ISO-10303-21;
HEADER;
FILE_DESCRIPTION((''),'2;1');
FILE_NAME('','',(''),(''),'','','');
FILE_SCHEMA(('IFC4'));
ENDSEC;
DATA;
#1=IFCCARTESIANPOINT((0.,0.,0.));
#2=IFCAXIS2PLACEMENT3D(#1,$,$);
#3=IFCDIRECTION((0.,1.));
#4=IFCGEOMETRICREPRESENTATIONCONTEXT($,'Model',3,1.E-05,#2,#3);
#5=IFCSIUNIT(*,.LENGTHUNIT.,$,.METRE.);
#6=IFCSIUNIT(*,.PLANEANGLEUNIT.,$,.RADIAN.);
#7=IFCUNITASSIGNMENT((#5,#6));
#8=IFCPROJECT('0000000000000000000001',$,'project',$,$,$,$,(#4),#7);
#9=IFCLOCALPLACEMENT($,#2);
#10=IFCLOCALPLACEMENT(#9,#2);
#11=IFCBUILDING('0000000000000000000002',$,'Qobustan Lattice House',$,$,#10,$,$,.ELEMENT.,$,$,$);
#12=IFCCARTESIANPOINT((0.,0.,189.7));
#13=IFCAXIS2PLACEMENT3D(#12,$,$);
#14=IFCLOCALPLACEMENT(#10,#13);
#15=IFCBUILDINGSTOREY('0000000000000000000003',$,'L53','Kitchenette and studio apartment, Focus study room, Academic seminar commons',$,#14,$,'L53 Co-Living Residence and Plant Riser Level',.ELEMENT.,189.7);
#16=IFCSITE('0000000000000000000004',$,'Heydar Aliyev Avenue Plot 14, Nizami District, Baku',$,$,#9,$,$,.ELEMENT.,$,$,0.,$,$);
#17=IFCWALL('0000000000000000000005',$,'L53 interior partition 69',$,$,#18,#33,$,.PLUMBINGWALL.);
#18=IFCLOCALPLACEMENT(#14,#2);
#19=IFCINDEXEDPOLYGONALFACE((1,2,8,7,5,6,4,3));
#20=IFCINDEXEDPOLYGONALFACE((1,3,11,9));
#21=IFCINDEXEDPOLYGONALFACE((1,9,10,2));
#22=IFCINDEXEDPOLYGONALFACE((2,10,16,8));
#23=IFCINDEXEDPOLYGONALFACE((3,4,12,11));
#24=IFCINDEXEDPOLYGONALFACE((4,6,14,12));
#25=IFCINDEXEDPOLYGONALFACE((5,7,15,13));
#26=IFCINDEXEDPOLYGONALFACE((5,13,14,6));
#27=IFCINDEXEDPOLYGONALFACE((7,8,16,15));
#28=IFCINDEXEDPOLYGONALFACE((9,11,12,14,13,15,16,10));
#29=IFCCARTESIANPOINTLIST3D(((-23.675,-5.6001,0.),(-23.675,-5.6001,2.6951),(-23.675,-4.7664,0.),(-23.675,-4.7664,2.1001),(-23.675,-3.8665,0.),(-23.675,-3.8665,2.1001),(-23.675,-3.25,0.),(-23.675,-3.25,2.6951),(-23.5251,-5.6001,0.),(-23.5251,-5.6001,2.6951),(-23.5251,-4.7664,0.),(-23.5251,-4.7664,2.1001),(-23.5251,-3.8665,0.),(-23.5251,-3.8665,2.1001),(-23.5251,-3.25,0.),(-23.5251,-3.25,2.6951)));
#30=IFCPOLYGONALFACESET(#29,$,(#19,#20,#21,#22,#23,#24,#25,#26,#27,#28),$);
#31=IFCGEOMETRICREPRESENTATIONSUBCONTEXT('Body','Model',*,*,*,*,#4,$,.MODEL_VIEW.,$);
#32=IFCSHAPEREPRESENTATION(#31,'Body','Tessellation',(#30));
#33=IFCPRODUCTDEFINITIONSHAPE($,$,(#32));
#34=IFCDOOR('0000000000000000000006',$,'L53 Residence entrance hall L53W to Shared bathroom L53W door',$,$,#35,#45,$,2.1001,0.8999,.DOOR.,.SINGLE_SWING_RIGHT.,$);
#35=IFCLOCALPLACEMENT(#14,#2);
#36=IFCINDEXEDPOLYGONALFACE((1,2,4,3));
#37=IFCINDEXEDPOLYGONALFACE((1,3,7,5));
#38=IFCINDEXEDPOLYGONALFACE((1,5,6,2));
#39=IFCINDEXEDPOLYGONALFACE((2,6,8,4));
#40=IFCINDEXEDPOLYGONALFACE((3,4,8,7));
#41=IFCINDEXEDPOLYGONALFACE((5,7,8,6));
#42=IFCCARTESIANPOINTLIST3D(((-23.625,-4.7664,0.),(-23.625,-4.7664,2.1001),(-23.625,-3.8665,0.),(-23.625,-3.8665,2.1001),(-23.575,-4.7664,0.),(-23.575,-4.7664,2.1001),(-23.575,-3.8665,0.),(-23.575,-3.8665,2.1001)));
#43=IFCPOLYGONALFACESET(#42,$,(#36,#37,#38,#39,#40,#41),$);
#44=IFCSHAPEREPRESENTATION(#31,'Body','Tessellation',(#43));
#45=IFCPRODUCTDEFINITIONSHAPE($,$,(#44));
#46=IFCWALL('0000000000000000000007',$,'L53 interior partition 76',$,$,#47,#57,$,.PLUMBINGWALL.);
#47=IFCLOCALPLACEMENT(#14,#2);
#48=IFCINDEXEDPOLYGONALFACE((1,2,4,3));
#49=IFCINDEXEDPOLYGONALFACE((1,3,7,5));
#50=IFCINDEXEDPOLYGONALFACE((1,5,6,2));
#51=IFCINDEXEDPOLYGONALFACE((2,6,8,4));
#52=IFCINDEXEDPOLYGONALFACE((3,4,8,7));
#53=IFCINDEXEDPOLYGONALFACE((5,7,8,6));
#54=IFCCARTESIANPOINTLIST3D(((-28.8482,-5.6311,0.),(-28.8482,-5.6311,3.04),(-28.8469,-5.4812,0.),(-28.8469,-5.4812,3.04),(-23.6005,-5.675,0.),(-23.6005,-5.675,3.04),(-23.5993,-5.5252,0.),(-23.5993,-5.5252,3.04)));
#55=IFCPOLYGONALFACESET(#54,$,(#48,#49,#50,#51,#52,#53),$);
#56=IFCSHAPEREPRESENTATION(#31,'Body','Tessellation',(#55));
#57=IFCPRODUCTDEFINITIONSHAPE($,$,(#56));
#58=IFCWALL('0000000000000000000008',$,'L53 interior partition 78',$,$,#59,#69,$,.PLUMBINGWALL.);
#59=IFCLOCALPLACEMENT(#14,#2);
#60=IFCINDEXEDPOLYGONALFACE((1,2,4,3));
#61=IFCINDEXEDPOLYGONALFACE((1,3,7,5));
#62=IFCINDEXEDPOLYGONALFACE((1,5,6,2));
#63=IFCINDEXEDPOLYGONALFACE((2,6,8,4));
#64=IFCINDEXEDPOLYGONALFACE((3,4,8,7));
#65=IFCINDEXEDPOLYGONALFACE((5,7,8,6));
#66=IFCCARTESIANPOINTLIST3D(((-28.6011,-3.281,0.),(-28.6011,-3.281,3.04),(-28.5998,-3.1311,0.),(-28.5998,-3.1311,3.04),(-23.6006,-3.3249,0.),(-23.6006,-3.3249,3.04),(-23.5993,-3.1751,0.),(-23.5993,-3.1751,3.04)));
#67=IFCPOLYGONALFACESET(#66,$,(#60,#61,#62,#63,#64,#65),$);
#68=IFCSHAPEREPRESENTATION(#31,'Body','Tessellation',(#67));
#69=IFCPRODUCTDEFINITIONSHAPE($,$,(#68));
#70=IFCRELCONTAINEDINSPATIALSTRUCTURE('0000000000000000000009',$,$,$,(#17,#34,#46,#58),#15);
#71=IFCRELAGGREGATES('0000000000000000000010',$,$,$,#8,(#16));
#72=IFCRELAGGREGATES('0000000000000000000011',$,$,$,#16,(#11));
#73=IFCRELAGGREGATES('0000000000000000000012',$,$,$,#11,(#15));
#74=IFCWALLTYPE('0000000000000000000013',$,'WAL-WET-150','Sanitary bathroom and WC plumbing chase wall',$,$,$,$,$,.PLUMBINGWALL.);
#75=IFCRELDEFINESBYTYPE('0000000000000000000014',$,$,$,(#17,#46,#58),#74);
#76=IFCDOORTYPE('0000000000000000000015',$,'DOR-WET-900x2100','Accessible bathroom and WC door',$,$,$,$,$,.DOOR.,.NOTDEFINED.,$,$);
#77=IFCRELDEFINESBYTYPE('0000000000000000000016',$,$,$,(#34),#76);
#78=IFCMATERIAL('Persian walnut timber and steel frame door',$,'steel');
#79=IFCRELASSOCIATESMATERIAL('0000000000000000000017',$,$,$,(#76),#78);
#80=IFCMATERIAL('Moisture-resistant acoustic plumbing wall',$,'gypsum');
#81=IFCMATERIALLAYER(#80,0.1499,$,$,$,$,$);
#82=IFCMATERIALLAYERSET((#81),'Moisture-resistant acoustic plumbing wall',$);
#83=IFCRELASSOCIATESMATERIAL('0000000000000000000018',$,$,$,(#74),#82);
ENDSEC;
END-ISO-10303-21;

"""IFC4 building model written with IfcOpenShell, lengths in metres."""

from ifc_helpers import new_model, si_unit, direction, frame, frame_2d, origin, place, context, subcontext, project, spatial, rectangle, extrude, material, layer, layer_set, type_object, element, fill, save


model = new_model("IFC4")

# Units and contexts
model_context = context("Model", 3, precision=1e-05, world=origin(), true_north=direction((0.0, 1.0)))
body_context = subcontext(model_context, "Body", "Model", "MODEL_VIEW")
ifc_project = project(units=[si_unit("LENGTHUNIT", "METRE"), si_unit("PLANEANGLEUNIT", "RADIAN")], contexts=[model_context])

# Site, building, storey
site_placement = place(None, origin())
site = spatial("IfcSite", under=ifc_project, at=site_placement, Name="Heydar Aliyev Avenue Plot 14, Nizami District, Baku", CompositionType="ELEMENT", RefElevation=0.0)
building_placement = place(site_placement, origin())
building = spatial("IfcBuilding", under=site, at=building_placement, Name="Qobustan Lattice House", CompositionType="ELEMENT")
storey_placement = place(building_placement, frame((0.0, 0.0, 189.7)))
storey = spatial("IfcBuildingStorey", under=building, at=storey_placement, Name="L53", Description="Kitchenette and studio apartment, Focus study room, Academic seminar commons", LongName="L53 Co-Living Residence and Plant Riser Level", CompositionType="ELEMENT", Elevation=189.7)

# Shared definitions
ifc_material_1 = material(Name="Persian walnut timber and steel frame door", Category="steel")
door_type_1 = type_object("IfcDoorType", Name="DOR-WET-900x2100", Description="Accessible bathroom and WC door", OperationType="NOTDEFINED", PredefinedType="DOOR", material=ifc_material_1)

# Wall, opening, door
ifc_material_2 = material(Name="Moisture-resistant acoustic plumbing wall", Category="gypsum")
ifc_layer_1 = layer(ifc_material_2, 0.1499)
ifc_layer_set_1 = layer_set([ifc_layer_1], Name="Moisture-resistant acoustic plumbing wall")
wall_type_1 = type_object("IfcWallType", Name="WAL-WET-150", Description="Sanitary bathroom and WC plumbing chase wall", PredefinedType="PLUMBINGWALL", material=ifc_layer_set_1)
wall_1_placement = place(storey_placement, frame((-23.6001, -5.6001, 0.0), z_axis=(0.0, 0.0, 1.0), x_axis=(0.0, 1.0, 0.0)))
wall_1 = element("IfcWall", 1, at=wall_1_placement, inside=storey, type_object=wall_type_1, Name="L53 interior partition 69", PredefinedType="PLUMBINGWALL", context=body_context, shape_type="SweptSolid", body=[
    extrude(rectangle(XDim=2.3501, YDim=0.1499, at=frame_2d((1.175, 0.0))), origin(), (0.0, 0.0, 1.0), 2.6951),
])
opening_1_placement = place(wall_1_placement, frame((0.8337, 0.0, 0.0)))
opening_1 = element("IfcOpeningElement", 2, at=opening_1_placement, cuts=wall_1, PredefinedType="OPENING", context=body_context, shape_type="SweptSolid", body=[
    extrude(rectangle(XDim=0.8999, YDim=2.1001, at=frame_2d((0.45, 1.05))), frame((0.0, 0.085, 0.0), z_axis=(0.0, -1.0, 0.0), x_axis=(1.0, 0.0, 0.0)), (0.0, 0.0, 1.0), 0.1699),
])
door_1_placement = place(opening_1_placement, origin())
door_1 = element("IfcDoor", 3, at=door_1_placement, inside=storey, type_object=door_type_1, Name="L53 Residence entrance hall L53W to Shared bathroom L53W door", OperationType="SINGLE_SWING_RIGHT", OverallHeight=2.1001, OverallWidth=0.8999, PredefinedType="DOOR", context=body_context, shape_type="SweptSolid", body=[
    extrude(rectangle(XDim=0.8999, YDim=2.1001, at=frame_2d((0.45, 1.05))), frame((0.0, 0.0249, 0.0), z_axis=(0.0, -1.0, 0.0), x_axis=(1.0, 0.0, 0.0)), (0.0, 0.0, 1.0), 0.05),
])
fill(opening_1, door_1)

# Walls
wall_2_placement = place(storey_placement, frame((-28.8477, -5.5562, 0.0), z_axis=(0.0, 0.0, 1.0), x_axis=(0.999965, -0.008374, 0.0)))
element("IfcWall", 4, at=wall_2_placement, inside=storey, type_object=wall_type_1, Name="L53 interior partition 76", PredefinedType="PLUMBINGWALL", context=body_context, shape_type="SweptSolid", body=[
    extrude(rectangle(XDim=5.2478, YDim=0.1499, at=frame_2d((2.624, 0.0))), origin(), (0.0, 0.0, 1.0), 3.04),
])
wall_3_placement = place(storey_placement, frame((-28.6006, -3.2061, 0.0), z_axis=(0.0, 0.0, 1.0), x_axis=(0.999961, -0.008788, 0.0)))
element("IfcWall", 5, at=wall_3_placement, inside=storey, type_object=wall_type_1, Name="L53 interior partition 78", PredefinedType="PLUMBINGWALL", context=body_context, shape_type="SweptSolid", body=[
    extrude(rectangle(XDim=5.0007, YDim=0.1499, at=frame_2d((2.5005, 0.0))), origin(), (0.0, 0.0, 1.0), 3.04),
])

save(model, "model.ifc")
